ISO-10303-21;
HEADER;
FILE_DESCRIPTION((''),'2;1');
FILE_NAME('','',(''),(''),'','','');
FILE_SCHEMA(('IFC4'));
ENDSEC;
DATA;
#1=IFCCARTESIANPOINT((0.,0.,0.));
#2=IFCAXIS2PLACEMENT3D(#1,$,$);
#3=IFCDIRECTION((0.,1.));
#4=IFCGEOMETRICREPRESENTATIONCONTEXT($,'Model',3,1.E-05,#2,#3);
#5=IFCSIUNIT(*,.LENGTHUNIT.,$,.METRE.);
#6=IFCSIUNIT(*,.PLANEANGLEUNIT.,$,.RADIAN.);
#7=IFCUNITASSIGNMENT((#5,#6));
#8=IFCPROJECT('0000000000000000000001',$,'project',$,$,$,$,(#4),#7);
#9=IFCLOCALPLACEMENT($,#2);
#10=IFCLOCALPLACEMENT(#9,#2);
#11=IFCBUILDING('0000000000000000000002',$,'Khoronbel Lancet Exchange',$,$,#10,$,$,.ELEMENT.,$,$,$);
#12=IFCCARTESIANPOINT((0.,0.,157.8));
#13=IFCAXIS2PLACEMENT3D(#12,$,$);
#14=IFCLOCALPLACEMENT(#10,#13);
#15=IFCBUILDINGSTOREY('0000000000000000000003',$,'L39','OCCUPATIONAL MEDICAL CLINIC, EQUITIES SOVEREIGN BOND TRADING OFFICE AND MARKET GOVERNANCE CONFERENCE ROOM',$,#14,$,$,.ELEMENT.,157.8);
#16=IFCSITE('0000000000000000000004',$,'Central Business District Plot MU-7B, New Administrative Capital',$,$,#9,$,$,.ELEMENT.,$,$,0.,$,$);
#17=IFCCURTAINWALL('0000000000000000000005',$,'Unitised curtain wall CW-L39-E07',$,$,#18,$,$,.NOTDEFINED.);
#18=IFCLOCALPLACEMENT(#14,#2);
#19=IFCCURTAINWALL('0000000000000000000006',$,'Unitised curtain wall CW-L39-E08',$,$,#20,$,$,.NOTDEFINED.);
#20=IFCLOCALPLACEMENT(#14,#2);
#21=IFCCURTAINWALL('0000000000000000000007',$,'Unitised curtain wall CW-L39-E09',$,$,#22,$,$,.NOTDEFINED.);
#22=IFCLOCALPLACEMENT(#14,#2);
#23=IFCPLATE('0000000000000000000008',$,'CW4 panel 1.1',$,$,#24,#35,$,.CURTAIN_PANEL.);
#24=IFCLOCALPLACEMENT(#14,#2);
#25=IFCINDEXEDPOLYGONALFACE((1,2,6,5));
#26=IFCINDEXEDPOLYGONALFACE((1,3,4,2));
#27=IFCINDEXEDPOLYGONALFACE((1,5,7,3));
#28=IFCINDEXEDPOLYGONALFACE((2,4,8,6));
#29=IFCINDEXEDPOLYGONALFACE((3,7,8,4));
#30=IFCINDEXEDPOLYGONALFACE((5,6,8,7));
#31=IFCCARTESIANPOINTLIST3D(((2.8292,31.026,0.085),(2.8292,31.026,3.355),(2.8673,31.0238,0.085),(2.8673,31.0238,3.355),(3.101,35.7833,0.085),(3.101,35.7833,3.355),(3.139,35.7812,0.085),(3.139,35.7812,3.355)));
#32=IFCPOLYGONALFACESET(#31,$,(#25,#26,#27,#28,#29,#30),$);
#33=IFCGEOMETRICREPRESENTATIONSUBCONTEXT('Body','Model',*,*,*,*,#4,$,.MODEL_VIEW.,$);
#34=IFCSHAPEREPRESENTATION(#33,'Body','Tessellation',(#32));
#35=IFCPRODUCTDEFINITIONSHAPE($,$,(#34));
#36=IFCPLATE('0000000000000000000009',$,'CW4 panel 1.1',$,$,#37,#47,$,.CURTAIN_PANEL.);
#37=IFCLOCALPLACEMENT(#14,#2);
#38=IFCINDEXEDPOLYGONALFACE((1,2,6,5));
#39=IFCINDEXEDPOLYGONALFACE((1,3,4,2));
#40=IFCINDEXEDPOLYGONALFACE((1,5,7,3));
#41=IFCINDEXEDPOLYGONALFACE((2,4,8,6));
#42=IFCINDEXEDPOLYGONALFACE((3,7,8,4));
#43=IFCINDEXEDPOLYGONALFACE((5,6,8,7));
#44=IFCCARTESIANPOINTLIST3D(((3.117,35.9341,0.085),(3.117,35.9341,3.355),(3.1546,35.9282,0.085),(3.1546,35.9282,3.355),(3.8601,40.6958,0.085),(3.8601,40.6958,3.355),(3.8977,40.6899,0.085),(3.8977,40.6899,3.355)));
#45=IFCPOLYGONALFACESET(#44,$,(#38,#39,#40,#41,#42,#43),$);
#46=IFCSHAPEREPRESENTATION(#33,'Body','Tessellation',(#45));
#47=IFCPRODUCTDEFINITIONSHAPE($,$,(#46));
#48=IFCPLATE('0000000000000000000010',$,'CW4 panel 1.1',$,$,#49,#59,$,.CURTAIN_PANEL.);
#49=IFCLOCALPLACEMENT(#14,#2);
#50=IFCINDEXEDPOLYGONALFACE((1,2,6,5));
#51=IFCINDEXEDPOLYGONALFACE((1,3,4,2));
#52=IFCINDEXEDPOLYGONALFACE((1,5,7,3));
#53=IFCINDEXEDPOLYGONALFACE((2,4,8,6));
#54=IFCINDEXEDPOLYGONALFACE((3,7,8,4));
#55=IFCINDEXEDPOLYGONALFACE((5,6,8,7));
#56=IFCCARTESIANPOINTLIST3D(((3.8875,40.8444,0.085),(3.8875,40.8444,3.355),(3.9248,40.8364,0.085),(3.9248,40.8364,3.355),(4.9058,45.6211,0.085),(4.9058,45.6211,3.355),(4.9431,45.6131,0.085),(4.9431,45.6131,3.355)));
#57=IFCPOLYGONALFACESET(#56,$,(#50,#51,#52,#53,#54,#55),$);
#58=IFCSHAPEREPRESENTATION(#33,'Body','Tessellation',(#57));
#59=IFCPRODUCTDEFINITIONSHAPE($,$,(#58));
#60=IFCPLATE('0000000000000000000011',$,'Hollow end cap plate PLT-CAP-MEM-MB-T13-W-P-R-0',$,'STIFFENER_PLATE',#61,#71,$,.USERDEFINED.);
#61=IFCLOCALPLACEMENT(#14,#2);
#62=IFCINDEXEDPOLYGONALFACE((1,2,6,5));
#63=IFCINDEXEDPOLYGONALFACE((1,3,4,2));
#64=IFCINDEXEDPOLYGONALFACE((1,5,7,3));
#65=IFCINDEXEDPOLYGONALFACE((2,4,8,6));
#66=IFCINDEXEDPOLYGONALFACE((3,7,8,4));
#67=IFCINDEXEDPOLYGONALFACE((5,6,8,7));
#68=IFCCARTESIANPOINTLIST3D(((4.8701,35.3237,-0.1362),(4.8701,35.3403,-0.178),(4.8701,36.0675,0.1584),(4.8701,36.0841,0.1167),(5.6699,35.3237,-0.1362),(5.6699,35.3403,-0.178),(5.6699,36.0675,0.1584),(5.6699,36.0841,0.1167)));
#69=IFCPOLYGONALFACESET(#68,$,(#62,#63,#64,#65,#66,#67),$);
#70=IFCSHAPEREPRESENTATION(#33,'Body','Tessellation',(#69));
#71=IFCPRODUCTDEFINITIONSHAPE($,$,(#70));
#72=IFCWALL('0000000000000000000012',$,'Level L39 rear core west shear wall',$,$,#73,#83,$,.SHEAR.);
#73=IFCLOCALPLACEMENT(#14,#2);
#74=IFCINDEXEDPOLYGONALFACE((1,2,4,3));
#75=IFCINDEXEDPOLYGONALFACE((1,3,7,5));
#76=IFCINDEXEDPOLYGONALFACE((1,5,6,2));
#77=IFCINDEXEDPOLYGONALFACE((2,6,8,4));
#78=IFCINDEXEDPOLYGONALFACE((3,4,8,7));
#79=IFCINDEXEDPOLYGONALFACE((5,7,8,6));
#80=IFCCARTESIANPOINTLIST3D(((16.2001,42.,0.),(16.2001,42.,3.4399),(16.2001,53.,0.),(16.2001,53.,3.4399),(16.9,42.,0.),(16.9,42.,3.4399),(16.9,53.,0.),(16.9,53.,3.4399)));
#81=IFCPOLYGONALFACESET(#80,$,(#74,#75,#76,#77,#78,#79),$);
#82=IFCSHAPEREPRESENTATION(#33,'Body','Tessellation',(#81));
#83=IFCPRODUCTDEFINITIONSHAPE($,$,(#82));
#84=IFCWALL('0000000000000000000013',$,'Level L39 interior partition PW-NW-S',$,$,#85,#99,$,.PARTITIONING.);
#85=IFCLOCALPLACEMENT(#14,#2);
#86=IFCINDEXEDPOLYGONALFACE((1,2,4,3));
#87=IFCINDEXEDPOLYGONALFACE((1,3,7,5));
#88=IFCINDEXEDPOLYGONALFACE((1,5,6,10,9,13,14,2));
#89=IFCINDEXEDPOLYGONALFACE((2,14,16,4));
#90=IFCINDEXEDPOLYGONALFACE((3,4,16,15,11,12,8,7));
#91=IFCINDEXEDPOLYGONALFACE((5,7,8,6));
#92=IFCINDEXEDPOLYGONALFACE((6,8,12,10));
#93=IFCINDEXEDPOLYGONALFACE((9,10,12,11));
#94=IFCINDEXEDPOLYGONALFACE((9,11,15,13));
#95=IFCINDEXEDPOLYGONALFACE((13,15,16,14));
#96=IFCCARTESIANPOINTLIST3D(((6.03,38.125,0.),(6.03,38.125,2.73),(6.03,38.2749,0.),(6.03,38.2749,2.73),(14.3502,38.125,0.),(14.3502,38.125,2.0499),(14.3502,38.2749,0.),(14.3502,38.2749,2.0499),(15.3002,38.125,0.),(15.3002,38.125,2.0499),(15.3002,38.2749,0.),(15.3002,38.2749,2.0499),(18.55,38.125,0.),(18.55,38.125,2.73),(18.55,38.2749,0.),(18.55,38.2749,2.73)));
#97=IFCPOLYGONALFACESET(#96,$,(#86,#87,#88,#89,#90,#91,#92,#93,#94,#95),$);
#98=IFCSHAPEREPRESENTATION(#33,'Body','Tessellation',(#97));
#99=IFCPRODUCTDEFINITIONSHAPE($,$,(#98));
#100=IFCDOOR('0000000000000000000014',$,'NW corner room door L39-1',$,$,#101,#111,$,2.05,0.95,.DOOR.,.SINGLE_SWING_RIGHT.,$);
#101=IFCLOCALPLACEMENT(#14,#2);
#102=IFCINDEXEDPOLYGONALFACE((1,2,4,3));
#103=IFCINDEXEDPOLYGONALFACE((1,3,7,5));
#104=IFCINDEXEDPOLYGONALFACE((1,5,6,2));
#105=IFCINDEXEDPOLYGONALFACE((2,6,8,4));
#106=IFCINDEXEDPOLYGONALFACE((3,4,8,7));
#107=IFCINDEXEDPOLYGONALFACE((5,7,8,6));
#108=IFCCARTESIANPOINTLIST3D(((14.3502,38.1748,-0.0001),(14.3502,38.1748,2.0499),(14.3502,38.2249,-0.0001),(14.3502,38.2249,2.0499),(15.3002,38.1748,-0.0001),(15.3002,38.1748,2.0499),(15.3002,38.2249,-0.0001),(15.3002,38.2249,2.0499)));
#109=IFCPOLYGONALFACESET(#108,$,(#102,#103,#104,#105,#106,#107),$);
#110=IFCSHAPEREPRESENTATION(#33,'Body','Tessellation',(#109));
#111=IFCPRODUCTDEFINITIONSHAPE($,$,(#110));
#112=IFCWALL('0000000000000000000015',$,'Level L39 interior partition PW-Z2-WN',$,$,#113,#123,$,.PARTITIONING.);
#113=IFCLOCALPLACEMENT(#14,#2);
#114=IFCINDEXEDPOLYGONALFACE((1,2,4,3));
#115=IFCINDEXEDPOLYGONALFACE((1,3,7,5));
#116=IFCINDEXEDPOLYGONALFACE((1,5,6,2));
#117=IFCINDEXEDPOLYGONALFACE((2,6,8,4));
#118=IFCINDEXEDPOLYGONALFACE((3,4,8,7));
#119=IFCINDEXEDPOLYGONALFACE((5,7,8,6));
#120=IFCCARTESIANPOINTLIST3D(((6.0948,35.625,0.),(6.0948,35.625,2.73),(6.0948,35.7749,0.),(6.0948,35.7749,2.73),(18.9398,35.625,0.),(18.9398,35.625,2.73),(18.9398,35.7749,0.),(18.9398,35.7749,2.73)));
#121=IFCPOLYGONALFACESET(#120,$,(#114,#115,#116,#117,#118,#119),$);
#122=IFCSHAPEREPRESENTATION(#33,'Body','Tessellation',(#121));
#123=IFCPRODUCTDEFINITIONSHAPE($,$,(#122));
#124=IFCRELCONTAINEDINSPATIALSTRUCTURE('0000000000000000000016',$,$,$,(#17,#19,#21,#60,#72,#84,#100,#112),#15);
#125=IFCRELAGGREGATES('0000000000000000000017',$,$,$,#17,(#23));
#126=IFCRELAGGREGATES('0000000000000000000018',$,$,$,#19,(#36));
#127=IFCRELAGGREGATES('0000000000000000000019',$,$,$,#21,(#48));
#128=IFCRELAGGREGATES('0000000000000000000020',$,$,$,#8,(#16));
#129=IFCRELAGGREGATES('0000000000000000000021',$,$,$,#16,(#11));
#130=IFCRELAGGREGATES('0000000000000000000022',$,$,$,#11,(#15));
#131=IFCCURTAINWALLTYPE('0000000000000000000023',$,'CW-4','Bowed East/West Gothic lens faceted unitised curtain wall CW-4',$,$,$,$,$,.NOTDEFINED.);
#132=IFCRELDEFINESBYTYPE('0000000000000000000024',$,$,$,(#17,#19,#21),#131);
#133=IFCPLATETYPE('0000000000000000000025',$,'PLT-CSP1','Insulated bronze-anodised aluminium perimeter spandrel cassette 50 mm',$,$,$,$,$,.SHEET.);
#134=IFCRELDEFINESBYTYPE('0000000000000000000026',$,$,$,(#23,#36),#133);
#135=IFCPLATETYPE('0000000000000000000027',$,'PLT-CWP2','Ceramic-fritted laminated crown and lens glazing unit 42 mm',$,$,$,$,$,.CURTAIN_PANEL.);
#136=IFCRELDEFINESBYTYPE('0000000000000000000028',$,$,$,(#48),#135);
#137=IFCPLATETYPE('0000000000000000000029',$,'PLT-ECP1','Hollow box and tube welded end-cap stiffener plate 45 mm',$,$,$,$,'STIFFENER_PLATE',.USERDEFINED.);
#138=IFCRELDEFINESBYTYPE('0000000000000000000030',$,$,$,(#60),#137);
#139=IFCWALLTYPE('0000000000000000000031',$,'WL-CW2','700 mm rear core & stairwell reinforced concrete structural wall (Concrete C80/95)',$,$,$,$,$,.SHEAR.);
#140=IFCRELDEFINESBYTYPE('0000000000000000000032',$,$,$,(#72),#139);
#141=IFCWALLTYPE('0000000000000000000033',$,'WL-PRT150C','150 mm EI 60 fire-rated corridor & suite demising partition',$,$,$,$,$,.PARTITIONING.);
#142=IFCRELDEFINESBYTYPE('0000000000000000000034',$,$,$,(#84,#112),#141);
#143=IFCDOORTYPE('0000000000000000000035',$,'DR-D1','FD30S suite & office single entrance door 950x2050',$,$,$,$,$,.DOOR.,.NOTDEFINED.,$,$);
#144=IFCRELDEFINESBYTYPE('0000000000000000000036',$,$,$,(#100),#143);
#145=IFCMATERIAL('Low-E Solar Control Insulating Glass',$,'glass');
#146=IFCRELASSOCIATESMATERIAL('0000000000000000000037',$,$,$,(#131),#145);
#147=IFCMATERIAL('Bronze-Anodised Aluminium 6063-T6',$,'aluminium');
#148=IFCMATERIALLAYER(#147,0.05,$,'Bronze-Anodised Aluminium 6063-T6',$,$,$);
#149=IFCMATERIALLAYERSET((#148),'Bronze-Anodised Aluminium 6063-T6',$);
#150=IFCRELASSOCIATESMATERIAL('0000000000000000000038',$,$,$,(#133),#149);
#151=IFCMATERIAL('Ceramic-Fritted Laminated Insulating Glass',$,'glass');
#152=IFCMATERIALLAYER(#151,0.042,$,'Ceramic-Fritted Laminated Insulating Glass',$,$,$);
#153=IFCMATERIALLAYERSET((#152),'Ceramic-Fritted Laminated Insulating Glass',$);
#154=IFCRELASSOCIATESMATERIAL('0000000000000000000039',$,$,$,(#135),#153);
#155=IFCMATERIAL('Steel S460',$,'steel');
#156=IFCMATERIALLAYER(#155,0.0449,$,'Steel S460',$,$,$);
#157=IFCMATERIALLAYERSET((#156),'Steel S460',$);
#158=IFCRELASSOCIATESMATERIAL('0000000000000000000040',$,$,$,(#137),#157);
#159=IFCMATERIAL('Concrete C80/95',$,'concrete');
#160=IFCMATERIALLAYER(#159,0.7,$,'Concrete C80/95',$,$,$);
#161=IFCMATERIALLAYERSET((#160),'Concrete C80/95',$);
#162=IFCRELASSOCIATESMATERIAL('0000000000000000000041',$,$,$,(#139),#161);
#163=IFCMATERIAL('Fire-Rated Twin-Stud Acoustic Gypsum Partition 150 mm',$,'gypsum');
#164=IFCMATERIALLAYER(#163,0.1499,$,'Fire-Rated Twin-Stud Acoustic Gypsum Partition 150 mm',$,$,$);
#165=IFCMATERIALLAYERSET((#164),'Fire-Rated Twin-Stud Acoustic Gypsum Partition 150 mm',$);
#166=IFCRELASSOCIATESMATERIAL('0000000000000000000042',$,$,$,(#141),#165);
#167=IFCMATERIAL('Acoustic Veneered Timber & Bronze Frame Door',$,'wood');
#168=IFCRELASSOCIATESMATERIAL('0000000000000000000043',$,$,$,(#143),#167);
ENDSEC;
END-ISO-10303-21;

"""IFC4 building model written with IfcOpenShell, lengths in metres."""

from ifc_helpers import new_model, si_unit, direction, frame, frame_2d, origin, origin_2d, place, context, subcontext, project, spatial, polyline, rectangle, outline, extrude, material, layer, layer_set, type_object, element, fill, aggregate, save


model = new_model("IFC4")

# Units and contexts
model_context = context("Model", 3, precision=1e-05, world=origin(), true_north=direction((0.0, 1.0)))
body_context = subcontext(model_context, "Body", "Model", "MODEL_VIEW")
ifc_project = project(units=[si_unit("LENGTHUNIT", "METRE"), si_unit("PLANEANGLEUNIT", "RADIAN")], contexts=[model_context])

# Site, building, storey
site_placement = place(None, origin())
site = spatial("IfcSite", under=ifc_project, at=site_placement, Name="Central Business District Plot MU-7B, New Administrative Capital", CompositionType="ELEMENT", RefElevation=0.0)
building_placement = place(site_placement, origin())
building = spatial("IfcBuilding", under=site, at=building_placement, Name="Khoronbel Lancet Exchange", CompositionType="ELEMENT")
storey_placement = place(building_placement, frame((0.0, 0.0, 157.8)))
storey = spatial("IfcBuildingStorey", under=building, at=storey_placement, Name="L39", Description="OCCUPATIONAL MEDICAL CLINIC, EQUITIES SOVEREIGN BOND TRADING OFFICE AND MARKET GOVERNANCE CONFERENCE ROOM", CompositionType="ELEMENT", Elevation=157.8)

# Shared definitions
ifc_material_1 = material(Name="Steel S460", Category="steel")

# Curtain wall
ifc_material_2 = material(Name="Low-E Solar Control Insulating Glass", Category="glass")
curtain_wall_type = type_object("IfcCurtainWallType", Name="CW-4", Description="Bowed East/West Gothic lens faceted unitised curtain wall CW-4", PredefinedType="NOTDEFINED", material=ifc_material_2)
curtain_wall_1_placement = place(storey_placement, origin())
curtain_wall_1 = element("IfcCurtainWall", 1, at=curtain_wall_1_placement, inside=storey, type_object=curtain_wall_type, Name="Unitised curtain wall CW-L39-E07", PredefinedType="NOTDEFINED")
ifc_material_3 = material(Name="Bronze-Anodised Aluminium 6063-T6", Category="aluminium")

# Curtain wall
curtain_wall_2_placement = place(storey_placement, origin())
curtain_wall_2 = element("IfcCurtainWall", 2, at=curtain_wall_2_placement, inside=storey, type_object=curtain_wall_type, Name="Unitised curtain wall CW-L39-E08", PredefinedType="NOTDEFINED")

# Curtain wall
curtain_wall_3_placement = place(storey_placement, origin())
curtain_wall_3 = element("IfcCurtainWall", 3, at=curtain_wall_3_placement, inside=storey, type_object=curtain_wall_type, Name="Unitised curtain wall CW-L39-E09", PredefinedType="NOTDEFINED")

# Plates
ifc_layer_1 = layer(ifc_material_3, 0.05, Name="Bronze-Anodised Aluminium 6063-T6")
ifc_layer_set_1 = layer_set([ifc_layer_1], Name="Bronze-Anodised Aluminium 6063-T6")
plate_type_1 = type_object("IfcPlateType", Name="PLT-CSP1", Description="Insulated bronze-anodised aluminium perimeter spandrel cassette 50 mm", PredefinedType="SHEET", material=ifc_layer_set_1)
plate_1_placement = place(storey_placement, frame((2.9841, 33.4036, 0.085), z_axis=(0.0, 0.0, 1.0), x_axis=(0.057027, 0.998373, 0.0)))
plate_1 = element("IfcPlate", 4, at=plate_1_placement, type_object=plate_type_1, Name="CW4 panel 1.1", PredefinedType="CURTAIN_PANEL", context=body_context, shape_type="SweptSolid", body=[
    extrude(rectangle(XDim=4.7651, YDim=0.0381, at=origin_2d()), origin(), (0.0, 0.0, 1.0), 3.27),
])
aggregate(curtain_wall_1, [plate_1])
plate_2_placement = place(storey_placement, frame((3.5073, 38.312, 0.085), z_axis=(0.0, 0.0, 1.0), x_axis=(0.154189, 0.988041, 0.0)))
plate_2 = element("IfcPlate", 5, at=plate_2_placement, type_object=plate_type_1, Name="CW4 panel 1.1", PredefinedType="CURTAIN_PANEL", context=body_context, shape_type="SweptSolid", body=[
    extrude(rectangle(XDim=4.8193, YDim=0.0381, at=origin_2d()), origin(), (0.0, 0.0, 1.0), 3.27),
])
aggregate(curtain_wall_2, [plate_2])
ifc_material_4 = material(Name="Ceramic-Fritted Laminated Insulating Glass", Category="glass")
ifc_layer_2 = layer(ifc_material_4, 0.042, Name="Ceramic-Fritted Laminated Insulating Glass")
ifc_layer_set_2 = layer_set([ifc_layer_2], Name="Ceramic-Fritted Laminated Insulating Glass")
plate_type_2 = type_object("IfcPlateType", Name="PLT-CWP2", Description="Ceramic-fritted laminated crown and lens glazing unit 42 mm", PredefinedType="CURTAIN_PANEL", material=ifc_layer_set_2)
plate_3_placement = place(storey_placement, frame((4.4153, 43.2288, 0.085), z_axis=(0.0, 0.0, 1.0), x_axis=(0.208497, 0.978023, 0.0)))
plate_3 = element("IfcPlate", 6, at=plate_3_placement, type_object=plate_type_2, Name="CW4 panel 1.1", PredefinedType="CURTAIN_PANEL", context=body_context, shape_type="SweptSolid", body=[
    extrude(rectangle(XDim=4.884, YDim=0.0381, at=origin_2d()), origin(), (0.0, 0.0, 1.0), 3.27),
])
aggregate(curtain_wall_3, [plate_3])
ifc_layer_3 = layer(ifc_material_1, 0.0449, Name="Steel S460")
ifc_layer_set_3 = layer_set([ifc_layer_3], Name="Steel S460")
plate_type_3 = type_object("IfcPlateType", Name="PLT-ECP1", Description="Hollow box and tube welded end-cap stiffener plate 45 mm", ElementType="STIFFENER_PLATE", PredefinedType="USERDEFINED", material=ifc_layer_set_3)
plate_4_placement = place(storey_placement, frame((4.8701, 35.3237, -0.1362), z_axis=(0.0, -0.368285, 0.929713), x_axis=(1.0, 0.0, 0.0)))
element("IfcPlate", 7, at=plate_4_placement, inside=storey, type_object=plate_type_3, Name="Hollow end cap plate PLT-CAP-MEM-MB-T13-W-P-R-0", ObjectType="STIFFENER_PLATE", PredefinedType="USERDEFINED", context=body_context, shape_type="SweptSolid", body=[
    extrude(outline(polyline([(0.0, 0.0), (0.7998, 0.0), (0.7998, 0.8), (0.0, 0.8), (0.0, 0.0)])), origin(), (0.0, 0.0, -1.0), 0.0449),
])

# Wall
ifc_material_5 = material(Name="Concrete C80/95", Category="concrete")
ifc_layer_4 = layer(ifc_material_5, 0.7, Name="Concrete C80/95")
ifc_layer_set_4 = layer_set([ifc_layer_4], Name="Concrete C80/95")
wall_type_1 = type_object("IfcWallType", Name="WL-CW2", Description="700 mm rear core & stairwell reinforced concrete structural wall (Concrete C80/95)", PredefinedType="SHEAR", material=ifc_layer_set_4)
wall_1_placement = place(storey_placement, frame((16.55, 42.0, 0.0), z_axis=(0.0, 0.0, 1.0), x_axis=(0.0, 1.0, 0.0)))
element("IfcWall", 8, at=wall_1_placement, inside=storey, type_object=wall_type_1, Name="Level L39 rear core west shear wall", PredefinedType="SHEAR", context=body_context, shape_type="SweptSolid", body=[
    extrude(rectangle(XDim=11.0, YDim=0.7, at=frame_2d((5.5, 0.0))), origin(), (0.0, 0.0, 1.0), 3.4399),
])

# Wall, opening, door
ifc_material_6 = material(Name="Fire-Rated Twin-Stud Acoustic Gypsum Partition 150 mm", Category="gypsum")
ifc_layer_5 = layer(ifc_material_6, 0.1499, Name="Fire-Rated Twin-Stud Acoustic Gypsum Partition 150 mm")
ifc_layer_set_5 = layer_set([ifc_layer_5], Name="Fire-Rated Twin-Stud Acoustic Gypsum Partition 150 mm")
wall_type_2 = type_object("IfcWallType", Name="WL-PRT150C", Description="150 mm EI 60 fire-rated corridor & suite demising partition", PredefinedType="PARTITIONING", material=ifc_layer_set_5)
wall_2_placement = place(storey_placement, frame((6.03, 38.2, 0.0), z_axis=(0.0, 0.0, 1.0), x_axis=(1.0, 0.0, 0.0)))
wall_2 = element("IfcWall", 9, at=wall_2_placement, inside=storey, type_object=wall_type_2, Name="Level L39 interior partition PW-NW-S", PredefinedType="PARTITIONING", context=body_context, shape_type="SweptSolid", body=[
    extrude(rectangle(XDim=12.52, YDim=0.1499, at=frame_2d((6.26, 0.0))), origin(), (0.0, 0.0, 1.0), 2.73),
])
opening_1_placement = place(wall_2_placement, frame((8.3201, 0.0, 0.0)))
opening_1 = element("IfcOpeningElement", 10, at=opening_1_placement, cuts=wall_2, PredefinedType="OPENING", context=body_context, shape_type="SweptSolid", body=[
    extrude(rectangle(XDim=0.95, YDim=2.05, at=frame_2d((0.4751, 1.0249))), frame((0.0, 0.085, 0.0), z_axis=(0.0, -1.0, 0.0), x_axis=(1.0, 0.0, 0.0)), (0.0, 0.0, 1.0), 0.1699),
])
ifc_material_7 = material(Name="Acoustic Veneered Timber & Bronze Frame Door", Category="wood")
door_type_1 = type_object("IfcDoorType", Name="DR-D1", Description="FD30S suite & office single entrance door 950x2050", OperationType="NOTDEFINED", PredefinedType="DOOR", material=ifc_material_7)
door_1_placement = place(opening_1_placement, origin())
door_1 = element("IfcDoor", 11, at=door_1_placement, inside=storey, type_object=door_type_1, Name="NW corner room door L39-1", OperationType="SINGLE_SWING_RIGHT", OverallHeight=2.05, OverallWidth=0.95, PredefinedType="DOOR", context=body_context, shape_type="SweptSolid", body=[
    extrude(rectangle(XDim=0.95, YDim=2.05, at=frame_2d((0.4751, 1.0249))), frame((0.0, 0.0249, 0.0), z_axis=(0.0, -1.0, 0.0), x_axis=(1.0, 0.0, 0.0)), (0.0, 0.0, 1.0), 0.05),
])
fill(opening_1, door_1)

# Wall
wall_3_placement = place(storey_placement, frame((6.095, 35.7, 0.0), z_axis=(0.0, 0.0, 1.0), x_axis=(1.0, 0.0, 0.0)))
element("IfcWall", 12, at=wall_3_placement, inside=storey, type_object=wall_type_2, Name="Level L39 interior partition PW-Z2-WN", PredefinedType="PARTITIONING", context=body_context, shape_type="SweptSolid", body=[
    extrude(rectangle(XDim=12.845, YDim=0.1499, at=frame_2d((6.4224, 0.0))), origin(), (0.0, 0.0, 1.0), 2.73),
])

save(model, "model.ifc")
